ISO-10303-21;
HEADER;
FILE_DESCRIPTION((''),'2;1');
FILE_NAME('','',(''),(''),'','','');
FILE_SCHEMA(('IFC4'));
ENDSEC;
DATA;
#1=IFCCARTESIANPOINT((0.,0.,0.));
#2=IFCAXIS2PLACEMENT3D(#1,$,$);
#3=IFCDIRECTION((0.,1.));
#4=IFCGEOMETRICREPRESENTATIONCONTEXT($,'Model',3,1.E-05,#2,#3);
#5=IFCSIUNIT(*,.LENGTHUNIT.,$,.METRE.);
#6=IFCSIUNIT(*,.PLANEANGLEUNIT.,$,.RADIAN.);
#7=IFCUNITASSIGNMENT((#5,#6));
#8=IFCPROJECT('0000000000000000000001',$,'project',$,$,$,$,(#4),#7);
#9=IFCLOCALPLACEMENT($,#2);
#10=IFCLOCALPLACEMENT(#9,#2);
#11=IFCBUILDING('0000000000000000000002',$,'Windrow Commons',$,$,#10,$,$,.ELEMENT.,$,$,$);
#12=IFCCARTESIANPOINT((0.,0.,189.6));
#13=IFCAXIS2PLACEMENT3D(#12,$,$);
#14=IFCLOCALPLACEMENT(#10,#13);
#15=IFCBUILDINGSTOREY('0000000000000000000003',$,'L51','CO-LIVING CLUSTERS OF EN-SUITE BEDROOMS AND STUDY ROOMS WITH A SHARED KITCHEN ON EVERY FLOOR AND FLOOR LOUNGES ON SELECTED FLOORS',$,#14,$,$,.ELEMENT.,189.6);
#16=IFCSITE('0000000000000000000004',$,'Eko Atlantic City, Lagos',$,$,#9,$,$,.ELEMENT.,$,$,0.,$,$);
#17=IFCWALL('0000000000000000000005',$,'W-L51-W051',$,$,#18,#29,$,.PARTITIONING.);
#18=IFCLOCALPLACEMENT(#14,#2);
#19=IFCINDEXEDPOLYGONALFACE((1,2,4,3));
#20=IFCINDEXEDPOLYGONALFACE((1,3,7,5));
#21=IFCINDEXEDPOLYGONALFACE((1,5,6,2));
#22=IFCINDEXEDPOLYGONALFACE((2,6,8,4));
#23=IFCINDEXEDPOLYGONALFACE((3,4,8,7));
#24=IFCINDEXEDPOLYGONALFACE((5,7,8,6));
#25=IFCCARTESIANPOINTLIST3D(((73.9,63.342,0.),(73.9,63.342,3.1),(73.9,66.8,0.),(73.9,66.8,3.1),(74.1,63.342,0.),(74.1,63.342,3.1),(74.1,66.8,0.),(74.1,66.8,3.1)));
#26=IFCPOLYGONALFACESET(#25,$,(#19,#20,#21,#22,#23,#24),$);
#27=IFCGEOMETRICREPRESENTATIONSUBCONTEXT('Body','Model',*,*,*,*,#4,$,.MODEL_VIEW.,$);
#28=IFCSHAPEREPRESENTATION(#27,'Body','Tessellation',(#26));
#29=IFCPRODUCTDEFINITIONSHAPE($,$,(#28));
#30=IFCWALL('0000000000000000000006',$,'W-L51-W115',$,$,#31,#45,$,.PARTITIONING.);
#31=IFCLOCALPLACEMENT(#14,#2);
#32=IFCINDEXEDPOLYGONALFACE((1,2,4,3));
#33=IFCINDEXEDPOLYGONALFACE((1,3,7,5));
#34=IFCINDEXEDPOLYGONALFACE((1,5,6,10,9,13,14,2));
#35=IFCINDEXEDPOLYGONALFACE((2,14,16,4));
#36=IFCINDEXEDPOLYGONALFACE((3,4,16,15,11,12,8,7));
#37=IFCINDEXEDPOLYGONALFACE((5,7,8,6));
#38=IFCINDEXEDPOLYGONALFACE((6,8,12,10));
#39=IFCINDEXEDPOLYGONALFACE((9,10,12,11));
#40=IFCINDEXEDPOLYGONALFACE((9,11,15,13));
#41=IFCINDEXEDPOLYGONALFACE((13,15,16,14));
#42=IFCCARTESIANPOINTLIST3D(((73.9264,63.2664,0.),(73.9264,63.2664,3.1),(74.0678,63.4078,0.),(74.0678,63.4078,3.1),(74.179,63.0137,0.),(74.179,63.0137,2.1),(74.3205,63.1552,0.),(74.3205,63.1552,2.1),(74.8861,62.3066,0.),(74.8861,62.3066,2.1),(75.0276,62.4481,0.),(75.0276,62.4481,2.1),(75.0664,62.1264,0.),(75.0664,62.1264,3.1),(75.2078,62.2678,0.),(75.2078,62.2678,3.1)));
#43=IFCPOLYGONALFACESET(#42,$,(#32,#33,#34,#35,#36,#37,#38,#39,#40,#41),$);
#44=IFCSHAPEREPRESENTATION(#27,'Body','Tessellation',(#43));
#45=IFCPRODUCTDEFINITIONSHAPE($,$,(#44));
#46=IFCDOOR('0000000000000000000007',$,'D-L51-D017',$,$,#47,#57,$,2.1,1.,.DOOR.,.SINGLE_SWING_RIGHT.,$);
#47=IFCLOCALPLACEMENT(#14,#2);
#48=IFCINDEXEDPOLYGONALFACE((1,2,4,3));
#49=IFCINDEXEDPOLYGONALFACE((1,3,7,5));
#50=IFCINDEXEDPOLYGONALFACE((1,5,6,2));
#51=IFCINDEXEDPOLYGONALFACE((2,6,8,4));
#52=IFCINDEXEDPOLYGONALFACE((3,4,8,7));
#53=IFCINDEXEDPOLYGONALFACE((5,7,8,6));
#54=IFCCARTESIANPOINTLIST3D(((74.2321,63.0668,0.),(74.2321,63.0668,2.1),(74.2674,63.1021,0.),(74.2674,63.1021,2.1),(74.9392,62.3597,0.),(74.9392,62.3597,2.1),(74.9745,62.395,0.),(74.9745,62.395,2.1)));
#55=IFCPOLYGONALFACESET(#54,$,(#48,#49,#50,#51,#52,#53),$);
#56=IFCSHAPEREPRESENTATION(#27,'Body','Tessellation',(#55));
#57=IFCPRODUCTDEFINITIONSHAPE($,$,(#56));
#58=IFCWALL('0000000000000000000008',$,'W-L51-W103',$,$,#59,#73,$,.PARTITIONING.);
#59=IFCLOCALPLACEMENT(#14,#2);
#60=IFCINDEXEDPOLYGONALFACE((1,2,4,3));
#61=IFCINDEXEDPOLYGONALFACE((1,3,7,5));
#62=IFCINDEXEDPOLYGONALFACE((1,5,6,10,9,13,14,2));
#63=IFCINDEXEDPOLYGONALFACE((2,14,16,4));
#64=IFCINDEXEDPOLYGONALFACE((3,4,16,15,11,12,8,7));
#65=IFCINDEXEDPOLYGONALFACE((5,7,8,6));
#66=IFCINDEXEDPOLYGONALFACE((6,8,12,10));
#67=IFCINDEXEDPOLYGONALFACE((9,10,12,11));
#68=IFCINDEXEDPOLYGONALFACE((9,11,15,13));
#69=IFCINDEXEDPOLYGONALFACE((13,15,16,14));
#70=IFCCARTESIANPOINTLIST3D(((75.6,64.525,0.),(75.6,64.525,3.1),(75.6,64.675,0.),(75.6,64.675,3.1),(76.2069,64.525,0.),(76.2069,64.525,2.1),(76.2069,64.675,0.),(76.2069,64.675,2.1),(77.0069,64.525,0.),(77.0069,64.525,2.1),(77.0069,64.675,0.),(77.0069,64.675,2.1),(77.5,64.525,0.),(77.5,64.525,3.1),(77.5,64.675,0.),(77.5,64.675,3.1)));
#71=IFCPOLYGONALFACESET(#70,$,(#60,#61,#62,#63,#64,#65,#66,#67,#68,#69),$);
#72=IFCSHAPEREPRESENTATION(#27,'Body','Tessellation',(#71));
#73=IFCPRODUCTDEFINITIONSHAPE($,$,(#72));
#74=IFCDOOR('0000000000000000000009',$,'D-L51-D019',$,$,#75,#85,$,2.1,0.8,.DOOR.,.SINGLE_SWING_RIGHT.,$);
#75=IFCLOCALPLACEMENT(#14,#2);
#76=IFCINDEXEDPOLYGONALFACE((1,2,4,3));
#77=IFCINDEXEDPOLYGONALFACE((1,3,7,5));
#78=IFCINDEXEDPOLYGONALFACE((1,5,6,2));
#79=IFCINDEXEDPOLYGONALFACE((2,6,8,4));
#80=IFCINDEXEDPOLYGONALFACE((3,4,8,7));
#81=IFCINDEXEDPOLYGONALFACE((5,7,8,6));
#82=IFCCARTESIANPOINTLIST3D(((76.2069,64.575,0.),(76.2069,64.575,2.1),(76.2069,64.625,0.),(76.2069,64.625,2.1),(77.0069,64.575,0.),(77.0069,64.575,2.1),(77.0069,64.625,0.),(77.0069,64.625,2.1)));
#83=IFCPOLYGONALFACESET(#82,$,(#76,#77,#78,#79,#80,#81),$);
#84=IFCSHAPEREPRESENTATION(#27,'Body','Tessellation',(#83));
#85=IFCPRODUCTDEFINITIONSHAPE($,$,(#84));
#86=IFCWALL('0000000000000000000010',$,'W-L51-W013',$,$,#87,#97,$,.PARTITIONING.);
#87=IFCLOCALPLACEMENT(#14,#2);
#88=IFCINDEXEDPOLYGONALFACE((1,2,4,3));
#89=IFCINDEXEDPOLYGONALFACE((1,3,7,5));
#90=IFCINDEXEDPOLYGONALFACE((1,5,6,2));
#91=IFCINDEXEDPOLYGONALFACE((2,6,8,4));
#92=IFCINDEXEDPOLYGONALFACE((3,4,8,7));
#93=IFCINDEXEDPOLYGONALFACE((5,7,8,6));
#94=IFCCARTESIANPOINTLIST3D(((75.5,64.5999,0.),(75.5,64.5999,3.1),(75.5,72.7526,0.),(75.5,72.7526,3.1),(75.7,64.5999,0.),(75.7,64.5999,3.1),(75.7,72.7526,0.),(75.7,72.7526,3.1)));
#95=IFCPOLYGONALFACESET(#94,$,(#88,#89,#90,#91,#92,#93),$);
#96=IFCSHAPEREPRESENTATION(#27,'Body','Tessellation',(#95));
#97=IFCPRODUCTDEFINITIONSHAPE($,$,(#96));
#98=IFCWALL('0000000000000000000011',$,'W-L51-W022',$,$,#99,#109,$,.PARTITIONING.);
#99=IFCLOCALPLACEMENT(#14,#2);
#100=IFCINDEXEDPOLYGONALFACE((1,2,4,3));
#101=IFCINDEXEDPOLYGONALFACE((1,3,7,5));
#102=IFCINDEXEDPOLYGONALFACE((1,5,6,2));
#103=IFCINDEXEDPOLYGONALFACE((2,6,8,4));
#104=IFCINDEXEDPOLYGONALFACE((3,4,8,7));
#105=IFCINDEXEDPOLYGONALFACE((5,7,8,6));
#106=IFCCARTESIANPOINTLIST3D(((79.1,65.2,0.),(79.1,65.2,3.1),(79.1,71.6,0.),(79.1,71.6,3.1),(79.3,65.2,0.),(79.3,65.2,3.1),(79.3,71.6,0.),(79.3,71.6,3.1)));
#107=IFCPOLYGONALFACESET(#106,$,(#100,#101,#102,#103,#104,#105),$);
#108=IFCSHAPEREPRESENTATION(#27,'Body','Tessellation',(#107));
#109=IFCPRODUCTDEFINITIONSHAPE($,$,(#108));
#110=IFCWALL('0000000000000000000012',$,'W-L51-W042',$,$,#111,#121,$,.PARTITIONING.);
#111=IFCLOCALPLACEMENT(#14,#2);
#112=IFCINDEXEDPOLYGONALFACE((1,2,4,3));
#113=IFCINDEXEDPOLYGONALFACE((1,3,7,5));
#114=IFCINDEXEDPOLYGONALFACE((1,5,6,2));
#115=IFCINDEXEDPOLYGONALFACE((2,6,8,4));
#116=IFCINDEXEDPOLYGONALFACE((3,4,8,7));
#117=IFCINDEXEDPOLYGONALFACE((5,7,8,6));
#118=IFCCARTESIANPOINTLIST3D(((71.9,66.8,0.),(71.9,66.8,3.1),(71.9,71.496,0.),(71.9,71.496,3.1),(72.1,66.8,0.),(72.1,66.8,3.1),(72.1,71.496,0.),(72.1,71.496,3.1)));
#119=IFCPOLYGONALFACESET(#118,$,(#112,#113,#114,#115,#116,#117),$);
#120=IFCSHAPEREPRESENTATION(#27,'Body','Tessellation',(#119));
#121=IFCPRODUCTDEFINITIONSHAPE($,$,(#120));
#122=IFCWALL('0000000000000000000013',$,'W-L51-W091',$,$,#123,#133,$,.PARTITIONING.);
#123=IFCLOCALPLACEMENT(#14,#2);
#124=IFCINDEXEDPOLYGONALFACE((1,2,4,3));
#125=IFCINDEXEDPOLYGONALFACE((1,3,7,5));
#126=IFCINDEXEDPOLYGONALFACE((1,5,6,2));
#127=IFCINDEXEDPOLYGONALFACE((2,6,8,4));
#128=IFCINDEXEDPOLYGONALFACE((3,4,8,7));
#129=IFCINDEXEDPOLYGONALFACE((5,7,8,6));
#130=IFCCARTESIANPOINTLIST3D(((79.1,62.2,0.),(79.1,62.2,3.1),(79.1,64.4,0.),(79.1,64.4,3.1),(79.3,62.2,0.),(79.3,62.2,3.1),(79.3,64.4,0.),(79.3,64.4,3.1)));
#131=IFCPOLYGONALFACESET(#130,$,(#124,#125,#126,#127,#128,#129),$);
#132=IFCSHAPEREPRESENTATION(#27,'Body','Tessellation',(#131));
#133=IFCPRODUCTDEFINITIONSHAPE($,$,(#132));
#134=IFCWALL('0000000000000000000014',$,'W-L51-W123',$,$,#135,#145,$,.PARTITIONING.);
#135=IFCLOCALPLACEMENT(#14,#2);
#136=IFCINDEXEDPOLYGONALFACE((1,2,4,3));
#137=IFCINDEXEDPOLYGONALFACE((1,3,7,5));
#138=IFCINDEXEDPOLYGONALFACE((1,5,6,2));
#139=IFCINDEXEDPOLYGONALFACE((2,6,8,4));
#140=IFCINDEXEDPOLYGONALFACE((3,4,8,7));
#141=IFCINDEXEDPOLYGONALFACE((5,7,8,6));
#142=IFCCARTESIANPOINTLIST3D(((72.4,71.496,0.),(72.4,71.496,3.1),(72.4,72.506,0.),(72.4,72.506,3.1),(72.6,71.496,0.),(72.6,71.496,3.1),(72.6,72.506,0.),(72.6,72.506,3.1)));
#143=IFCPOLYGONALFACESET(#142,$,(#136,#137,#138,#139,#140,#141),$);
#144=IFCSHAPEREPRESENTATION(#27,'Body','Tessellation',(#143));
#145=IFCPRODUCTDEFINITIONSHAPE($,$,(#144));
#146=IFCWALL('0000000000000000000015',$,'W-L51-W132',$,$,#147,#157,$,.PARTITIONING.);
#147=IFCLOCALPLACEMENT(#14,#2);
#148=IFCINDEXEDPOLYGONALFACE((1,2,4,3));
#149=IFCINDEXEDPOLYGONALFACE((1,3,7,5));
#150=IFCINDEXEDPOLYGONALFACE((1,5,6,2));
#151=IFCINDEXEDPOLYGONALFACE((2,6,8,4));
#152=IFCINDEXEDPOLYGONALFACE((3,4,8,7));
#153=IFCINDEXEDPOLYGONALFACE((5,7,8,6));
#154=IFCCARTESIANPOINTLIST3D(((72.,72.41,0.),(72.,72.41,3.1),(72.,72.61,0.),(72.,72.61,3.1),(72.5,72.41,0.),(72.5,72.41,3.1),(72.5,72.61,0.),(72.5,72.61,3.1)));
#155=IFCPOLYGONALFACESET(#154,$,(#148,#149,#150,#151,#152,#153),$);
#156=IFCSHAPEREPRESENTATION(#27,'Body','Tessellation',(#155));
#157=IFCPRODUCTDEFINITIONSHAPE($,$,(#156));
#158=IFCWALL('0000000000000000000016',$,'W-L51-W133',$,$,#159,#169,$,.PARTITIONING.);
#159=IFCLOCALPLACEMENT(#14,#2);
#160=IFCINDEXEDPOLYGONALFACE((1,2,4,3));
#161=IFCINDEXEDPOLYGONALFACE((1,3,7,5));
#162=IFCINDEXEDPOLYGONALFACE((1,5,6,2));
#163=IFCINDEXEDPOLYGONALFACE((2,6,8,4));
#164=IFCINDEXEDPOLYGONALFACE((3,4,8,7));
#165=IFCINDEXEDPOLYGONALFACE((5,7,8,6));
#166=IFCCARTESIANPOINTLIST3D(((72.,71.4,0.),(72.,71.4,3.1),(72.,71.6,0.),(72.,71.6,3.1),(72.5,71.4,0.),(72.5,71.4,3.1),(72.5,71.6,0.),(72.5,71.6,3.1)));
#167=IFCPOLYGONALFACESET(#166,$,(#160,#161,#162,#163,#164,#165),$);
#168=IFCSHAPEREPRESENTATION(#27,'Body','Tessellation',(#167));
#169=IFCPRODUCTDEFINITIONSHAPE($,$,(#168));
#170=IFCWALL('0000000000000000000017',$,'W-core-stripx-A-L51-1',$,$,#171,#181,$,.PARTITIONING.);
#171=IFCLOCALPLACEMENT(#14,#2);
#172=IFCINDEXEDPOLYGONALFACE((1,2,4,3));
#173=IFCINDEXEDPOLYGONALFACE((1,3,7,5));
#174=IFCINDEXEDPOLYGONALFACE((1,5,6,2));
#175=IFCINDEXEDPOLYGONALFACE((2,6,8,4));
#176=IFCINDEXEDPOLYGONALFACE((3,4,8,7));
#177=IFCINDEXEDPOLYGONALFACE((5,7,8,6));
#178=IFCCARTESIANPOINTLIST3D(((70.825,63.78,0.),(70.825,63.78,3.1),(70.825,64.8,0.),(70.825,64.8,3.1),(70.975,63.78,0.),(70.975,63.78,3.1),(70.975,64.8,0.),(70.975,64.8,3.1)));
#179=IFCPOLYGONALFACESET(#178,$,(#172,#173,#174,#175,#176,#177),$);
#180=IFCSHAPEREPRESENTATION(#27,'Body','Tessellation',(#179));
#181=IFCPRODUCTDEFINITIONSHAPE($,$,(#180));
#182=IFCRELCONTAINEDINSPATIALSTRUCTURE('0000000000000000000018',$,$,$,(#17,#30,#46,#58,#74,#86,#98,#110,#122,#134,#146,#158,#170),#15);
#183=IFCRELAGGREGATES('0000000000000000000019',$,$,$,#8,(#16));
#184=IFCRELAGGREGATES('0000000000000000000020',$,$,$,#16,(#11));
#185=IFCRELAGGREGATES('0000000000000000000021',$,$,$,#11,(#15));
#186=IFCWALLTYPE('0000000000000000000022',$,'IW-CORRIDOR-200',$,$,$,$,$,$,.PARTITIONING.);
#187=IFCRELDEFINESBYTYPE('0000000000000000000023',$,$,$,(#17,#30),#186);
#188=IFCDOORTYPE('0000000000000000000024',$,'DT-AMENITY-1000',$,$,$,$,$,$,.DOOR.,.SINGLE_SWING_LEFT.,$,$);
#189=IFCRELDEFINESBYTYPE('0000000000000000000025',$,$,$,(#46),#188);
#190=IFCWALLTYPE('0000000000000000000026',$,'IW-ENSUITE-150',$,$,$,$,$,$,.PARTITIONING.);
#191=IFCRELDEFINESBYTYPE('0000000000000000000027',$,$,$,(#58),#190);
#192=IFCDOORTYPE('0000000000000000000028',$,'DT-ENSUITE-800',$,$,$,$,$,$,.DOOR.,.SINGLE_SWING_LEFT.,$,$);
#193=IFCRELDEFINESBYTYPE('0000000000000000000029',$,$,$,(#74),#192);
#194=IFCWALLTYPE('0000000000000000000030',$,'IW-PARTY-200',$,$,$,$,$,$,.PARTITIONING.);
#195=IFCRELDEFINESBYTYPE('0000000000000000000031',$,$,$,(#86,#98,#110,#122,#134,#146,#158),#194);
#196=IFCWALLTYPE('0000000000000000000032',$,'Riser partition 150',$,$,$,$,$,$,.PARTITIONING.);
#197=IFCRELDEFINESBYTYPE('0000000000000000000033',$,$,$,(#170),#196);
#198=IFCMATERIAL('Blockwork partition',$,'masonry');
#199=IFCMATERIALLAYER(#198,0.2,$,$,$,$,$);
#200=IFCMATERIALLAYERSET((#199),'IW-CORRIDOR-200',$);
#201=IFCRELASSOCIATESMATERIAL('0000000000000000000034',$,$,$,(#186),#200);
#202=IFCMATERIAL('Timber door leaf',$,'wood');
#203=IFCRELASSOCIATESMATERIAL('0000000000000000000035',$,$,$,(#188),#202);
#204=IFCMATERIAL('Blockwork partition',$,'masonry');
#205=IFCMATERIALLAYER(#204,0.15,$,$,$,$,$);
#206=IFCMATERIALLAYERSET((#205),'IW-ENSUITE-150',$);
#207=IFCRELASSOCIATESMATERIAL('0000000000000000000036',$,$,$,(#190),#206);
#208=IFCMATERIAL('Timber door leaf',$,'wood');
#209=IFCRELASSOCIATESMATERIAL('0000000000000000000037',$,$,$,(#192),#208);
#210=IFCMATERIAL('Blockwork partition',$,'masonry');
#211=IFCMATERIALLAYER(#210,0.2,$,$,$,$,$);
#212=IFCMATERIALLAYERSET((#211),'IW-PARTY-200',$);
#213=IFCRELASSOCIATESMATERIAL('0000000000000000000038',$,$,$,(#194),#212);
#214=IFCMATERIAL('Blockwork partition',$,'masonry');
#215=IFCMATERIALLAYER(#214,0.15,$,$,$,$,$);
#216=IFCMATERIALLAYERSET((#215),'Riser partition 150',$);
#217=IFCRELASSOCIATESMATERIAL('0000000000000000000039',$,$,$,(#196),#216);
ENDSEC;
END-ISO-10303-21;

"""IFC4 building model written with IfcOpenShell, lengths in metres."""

from ifc_helpers import new_model, si_unit, direction, frame, frame_2d, origin, place, context, subcontext, project, spatial, rectangle, extrude, material, layer, layer_set, type_object, element, fill, save


model = new_model("IFC4")

# Units and contexts
model_context = context("Model", 3, precision=1e-05, world=origin(), true_north=direction((0.0, 1.0)))
body_context = subcontext(model_context, "Body", "Model", "MODEL_VIEW")
ifc_project = project(units=[si_unit("LENGTHUNIT", "METRE"), si_unit("PLANEANGLEUNIT", "RADIAN")], contexts=[model_context])

# Site, building, storey
site_placement = place(None, origin())
site = spatial("IfcSite", under=ifc_project, at=site_placement, Name="Eko Atlantic City, Lagos", CompositionType="ELEMENT", RefElevation=0.0)
building_placement = place(site_placement, origin())
building = spatial("IfcBuilding", under=site, at=building_placement, Name="Windrow Commons", CompositionType="ELEMENT")
storey_placement = place(building_placement, frame((0.0, 0.0, 189.6)))
storey = spatial("IfcBuildingStorey", under=building, at=storey_placement, Name="L51", Description="CO-LIVING CLUSTERS OF EN-SUITE BEDROOMS AND STUDY ROOMS WITH A SHARED KITCHEN ON EVERY FLOOR AND FLOOR LOUNGES ON SELECTED FLOORS", CompositionType="ELEMENT", Elevation=189.6)

# Wall
ifc_material_1 = material(Name="Blockwork partition", Category="masonry")
ifc_layer_1 = layer(ifc_material_1, 0.2)
ifc_layer_set_1 = layer_set([ifc_layer_1], Name="IW-CORRIDOR-200")
wall_type_1 = type_object("IfcWallType", Name="IW-CORRIDOR-200", PredefinedType="PARTITIONING", material=ifc_layer_set_1)
wall_1_placement = place(storey_placement, frame((74.0, 63.342, 0.0), z_axis=(0.0, 0.0, 1.0), x_axis=(0.0, 1.0, 0.0)))
element("IfcWall", 1, at=wall_1_placement, inside=storey, type_object=wall_type_1, Name="W-L51-W051", PredefinedType="PARTITIONING", context=body_context, shape_type="SweptSolid", body=[
    extrude(rectangle(XDim=3.458, YDim=0.2, at=frame_2d((1.729, 0.0))), origin(), (0.0, 0.0, 1.0), 3.1),
])

# Walls, openings, doors
wall_2_placement = place(storey_placement, frame((73.9971, 63.3371, 0.0), z_axis=(0.0, 0.0, 1.0), x_axis=(0.707107, -0.707107, 0.0)))
wall_2 = element("IfcWall", 2, at=wall_2_placement, inside=storey, type_object=wall_type_1, Name="W-L51-W115", PredefinedType="PARTITIONING", context=body_context, shape_type="SweptSolid", body=[
    extrude(rectangle(XDim=1.6122, YDim=0.2, at=frame_2d((0.8061, 0.0))), origin(), (0.0, 0.0, 1.0), 3.1),
])
opening_1_placement = place(wall_2_placement, frame((0.3573, 0.0, 0.0)))
opening_1 = element("IfcOpeningElement", 3, at=opening_1_placement, cuts=wall_2, PredefinedType="OPENING", context=body_context, shape_type="SweptSolid", body=[
    extrude(rectangle(XDim=1.0, YDim=2.1, at=frame_2d((0.5, 1.05))), frame((0.0, 0.11, 0.0), z_axis=(0.0, -1.0, 0.0), x_axis=(1.0, 0.0, 0.0)), (0.0, 0.0, 1.0), 0.22),
])
ifc_material_2 = material(Name="Timber door leaf", Category="wood")
door_type_1 = type_object("IfcDoorType", Name="DT-AMENITY-1000", OperationType="SINGLE_SWING_LEFT", PredefinedType="DOOR", material=ifc_material_2)
door_1_placement = place(opening_1_placement, origin())
door_1 = element("IfcDoor", 4, at=door_1_placement, inside=storey, type_object=door_type_1, Name="D-L51-D017", OperationType="SINGLE_SWING_RIGHT", OverallHeight=2.1, OverallWidth=1.0, PredefinedType="DOOR", context=body_context, shape_type="SweptSolid", body=[
    extrude(rectangle(XDim=1.0, YDim=2.1, at=frame_2d((0.5, 1.05))), frame((0.0, 0.025, 0.0), z_axis=(0.0, -1.0, 0.0), x_axis=(1.0, 0.0, 0.0)), (0.0, 0.0, 1.0), 0.05),
])
fill(opening_1, door_1)
ifc_material_3 = material(Name="Blockwork partition", Category="masonry")
ifc_layer_2 = layer(ifc_material_3, 0.15)
ifc_layer_set_2 = layer_set([ifc_layer_2], Name="IW-ENSUITE-150")
wall_type_2 = type_object("IfcWallType", Name="IW-ENSUITE-150", PredefinedType="PARTITIONING", material=ifc_layer_set_2)
wall_3_placement = place(storey_placement, frame((75.6, 64.6, 0.0), z_axis=(0.0, 0.0, 1.0), x_axis=(1.0, 0.0, 0.0)))
wall_3 = element("IfcWall", 5, at=wall_3_placement, inside=storey, type_object=wall_type_2, Name="W-L51-W103", PredefinedType="PARTITIONING", context=body_context, shape_type="SweptSolid", body=[
    extrude(rectangle(XDim=1.9, YDim=0.15, at=frame_2d((0.95, 0.0))), origin(), (0.0, 0.0, 1.0), 3.1),
])
opening_2_placement = place(wall_3_placement, frame((0.6069, 0.0, 0.0)))
opening_2 = element("IfcOpeningElement", 6, at=opening_2_placement, cuts=wall_3, PredefinedType="OPENING", context=body_context, shape_type="SweptSolid", body=[
    extrude(rectangle(XDim=0.8, YDim=2.1, at=frame_2d((0.4, 1.05))), frame((0.0, 0.085, 0.0), z_axis=(0.0, -1.0, 0.0), x_axis=(1.0, 0.0, 0.0)), (0.0, 0.0, 1.0), 0.17),
])
ifc_material_4 = material(Name="Timber door leaf", Category="wood")
door_type_2 = type_object("IfcDoorType", Name="DT-ENSUITE-800", OperationType="SINGLE_SWING_LEFT", PredefinedType="DOOR", material=ifc_material_4)
door_2_placement = place(opening_2_placement, origin())
door_2 = element("IfcDoor", 7, at=door_2_placement, inside=storey, type_object=door_type_2, Name="D-L51-D019", OperationType="SINGLE_SWING_RIGHT", OverallHeight=2.1, OverallWidth=0.8, PredefinedType="DOOR", context=body_context, shape_type="SweptSolid", body=[
    extrude(rectangle(XDim=0.8, YDim=2.1, at=frame_2d((0.4, 1.05))), frame((0.0, 0.025, 0.0), z_axis=(0.0, -1.0, 0.0), x_axis=(1.0, 0.0, 0.0)), (0.0, 0.0, 1.0), 0.05),
])
fill(opening_2, door_2)

# Walls
ifc_material_5 = material(Name="Blockwork partition", Category="masonry")
ifc_layer_3 = layer(ifc_material_5, 0.2)
ifc_layer_set_3 = layer_set([ifc_layer_3], Name="IW-PARTY-200")
wall_type_3 = type_object("IfcWallType", Name="IW-PARTY-200", PredefinedType="PARTITIONING", material=ifc_layer_set_3)
wall_4_placement = place(storey_placement, frame((75.6, 64.6, 0.0), z_axis=(0.0, 0.0, 1.0), x_axis=(0.0, 1.0, 0.0)))
element("IfcWall", 8, at=wall_4_placement, inside=storey, type_object=wall_type_3, Name="W-L51-W013", PredefinedType="PARTITIONING", context=body_context, shape_type="SweptSolid", body=[
    extrude(rectangle(XDim=8.1527, YDim=0.2, at=frame_2d((4.0763, 0.0))), origin(), (0.0, 0.0, 1.0), 3.1),
])
wall_5_placement = place(storey_placement, frame((79.2, 65.2, 0.0), z_axis=(0.0, 0.0, 1.0), x_axis=(0.0, 1.0, 0.0)))
element("IfcWall", 9, at=wall_5_placement, inside=storey, type_object=wall_type_3, Name="W-L51-W022", PredefinedType="PARTITIONING", context=body_context, shape_type="SweptSolid", body=[
    extrude(rectangle(XDim=6.4, YDim=0.2, at=frame_2d((3.2, 0.0))), origin(), (0.0, 0.0, 1.0), 3.1),
])
wall_6_placement = place(storey_placement, frame((72.0, 66.8, 0.0), z_axis=(0.0, 0.0, 1.0), x_axis=(0.0, 1.0, 0.0)))
element("IfcWall", 10, at=wall_6_placement, inside=storey, type_object=wall_type_3, Name="W-L51-W042", PredefinedType="PARTITIONING", context=body_context, shape_type="SweptSolid", body=[
    extrude(rectangle(XDim=4.696, YDim=0.2, at=frame_2d((2.348, 0.0))), origin(), (0.0, 0.0, 1.0), 3.1),
])
wall_7_placement = place(storey_placement, frame((79.2, 62.2, 0.0), z_axis=(0.0, 0.0, 1.0), x_axis=(0.0, 1.0, 0.0)))
element("IfcWall", 11, at=wall_7_placement, inside=storey, type_object=wall_type_3, Name="W-L51-W091", PredefinedType="PARTITIONING", context=body_context, shape_type="SweptSolid", body=[
    extrude(rectangle(XDim=2.2, YDim=0.2, at=frame_2d((1.1, 0.0))), origin(), (0.0, 0.0, 1.0), 3.1),
])
wall_8_placement = place(storey_placement, frame((72.5, 71.496, 0.0), z_axis=(0.0, 0.0, 1.0), x_axis=(0.0, 1.0, 0.0)))
element("IfcWall", 12, at=wall_8_placement, inside=storey, type_object=wall_type_3, Name="W-L51-W123", PredefinedType="PARTITIONING", context=body_context, shape_type="SweptSolid", body=[
    extrude(rectangle(XDim=1.01, YDim=0.2, at=frame_2d((0.505, 0.0))), origin(), (0.0, 0.0, 1.0), 3.1),
])
for number, where, z_axis, x_axis, name in (
    (13, (72.0, 72.51, 0.0), (0.0, 0.0, 1.0), (1.0, 0.0, 0.0), "W-L51-W132"),
    (14, (72.0, 71.5, 0.0), (0.0, 0.0, 1.0), (1.0, 0.0, 0.0), "W-L51-W133"),
):
    element("IfcWall", number, at=place(storey_placement, frame(where, z_axis=z_axis, x_axis=x_axis)), inside=storey, type_object=wall_type_3, Name=name, PredefinedType="PARTITIONING", context=body_context, shape_type="SweptSolid", body=[
        extrude(rectangle(XDim=0.5, YDim=0.2, at=frame_2d((0.25, 0.0))), origin(), (0.0, 0.0, 1.0), 3.1),
    ])
ifc_material_6 = material(Name="Blockwork partition", Category="masonry")
ifc_layer_4 = layer(ifc_material_6, 0.15)
ifc_layer_set_4 = layer_set([ifc_layer_4], Name="Riser partition 150")
wall_type_4 = type_object("IfcWallType", Name="Riser partition 150", PredefinedType="PARTITIONING", material=ifc_layer_set_4)
wall_9_placement = place(storey_placement, frame((70.9, 63.78, 0.0), z_axis=(0.0, 0.0, 1.0), x_axis=(0.0, 1.0, 0.0)))
element("IfcWall", 15, at=wall_9_placement, inside=storey, type_object=wall_type_4, Name="W-core-stripx-A-L51-1", PredefinedType="PARTITIONING", context=body_context, shape_type="SweptSolid", body=[
    extrude(rectangle(XDim=1.02, YDim=0.15, at=frame_2d((0.51, 0.0))), origin(), (0.0, 0.0, 1.0), 3.1),
])

save(model, "model.ifc")
